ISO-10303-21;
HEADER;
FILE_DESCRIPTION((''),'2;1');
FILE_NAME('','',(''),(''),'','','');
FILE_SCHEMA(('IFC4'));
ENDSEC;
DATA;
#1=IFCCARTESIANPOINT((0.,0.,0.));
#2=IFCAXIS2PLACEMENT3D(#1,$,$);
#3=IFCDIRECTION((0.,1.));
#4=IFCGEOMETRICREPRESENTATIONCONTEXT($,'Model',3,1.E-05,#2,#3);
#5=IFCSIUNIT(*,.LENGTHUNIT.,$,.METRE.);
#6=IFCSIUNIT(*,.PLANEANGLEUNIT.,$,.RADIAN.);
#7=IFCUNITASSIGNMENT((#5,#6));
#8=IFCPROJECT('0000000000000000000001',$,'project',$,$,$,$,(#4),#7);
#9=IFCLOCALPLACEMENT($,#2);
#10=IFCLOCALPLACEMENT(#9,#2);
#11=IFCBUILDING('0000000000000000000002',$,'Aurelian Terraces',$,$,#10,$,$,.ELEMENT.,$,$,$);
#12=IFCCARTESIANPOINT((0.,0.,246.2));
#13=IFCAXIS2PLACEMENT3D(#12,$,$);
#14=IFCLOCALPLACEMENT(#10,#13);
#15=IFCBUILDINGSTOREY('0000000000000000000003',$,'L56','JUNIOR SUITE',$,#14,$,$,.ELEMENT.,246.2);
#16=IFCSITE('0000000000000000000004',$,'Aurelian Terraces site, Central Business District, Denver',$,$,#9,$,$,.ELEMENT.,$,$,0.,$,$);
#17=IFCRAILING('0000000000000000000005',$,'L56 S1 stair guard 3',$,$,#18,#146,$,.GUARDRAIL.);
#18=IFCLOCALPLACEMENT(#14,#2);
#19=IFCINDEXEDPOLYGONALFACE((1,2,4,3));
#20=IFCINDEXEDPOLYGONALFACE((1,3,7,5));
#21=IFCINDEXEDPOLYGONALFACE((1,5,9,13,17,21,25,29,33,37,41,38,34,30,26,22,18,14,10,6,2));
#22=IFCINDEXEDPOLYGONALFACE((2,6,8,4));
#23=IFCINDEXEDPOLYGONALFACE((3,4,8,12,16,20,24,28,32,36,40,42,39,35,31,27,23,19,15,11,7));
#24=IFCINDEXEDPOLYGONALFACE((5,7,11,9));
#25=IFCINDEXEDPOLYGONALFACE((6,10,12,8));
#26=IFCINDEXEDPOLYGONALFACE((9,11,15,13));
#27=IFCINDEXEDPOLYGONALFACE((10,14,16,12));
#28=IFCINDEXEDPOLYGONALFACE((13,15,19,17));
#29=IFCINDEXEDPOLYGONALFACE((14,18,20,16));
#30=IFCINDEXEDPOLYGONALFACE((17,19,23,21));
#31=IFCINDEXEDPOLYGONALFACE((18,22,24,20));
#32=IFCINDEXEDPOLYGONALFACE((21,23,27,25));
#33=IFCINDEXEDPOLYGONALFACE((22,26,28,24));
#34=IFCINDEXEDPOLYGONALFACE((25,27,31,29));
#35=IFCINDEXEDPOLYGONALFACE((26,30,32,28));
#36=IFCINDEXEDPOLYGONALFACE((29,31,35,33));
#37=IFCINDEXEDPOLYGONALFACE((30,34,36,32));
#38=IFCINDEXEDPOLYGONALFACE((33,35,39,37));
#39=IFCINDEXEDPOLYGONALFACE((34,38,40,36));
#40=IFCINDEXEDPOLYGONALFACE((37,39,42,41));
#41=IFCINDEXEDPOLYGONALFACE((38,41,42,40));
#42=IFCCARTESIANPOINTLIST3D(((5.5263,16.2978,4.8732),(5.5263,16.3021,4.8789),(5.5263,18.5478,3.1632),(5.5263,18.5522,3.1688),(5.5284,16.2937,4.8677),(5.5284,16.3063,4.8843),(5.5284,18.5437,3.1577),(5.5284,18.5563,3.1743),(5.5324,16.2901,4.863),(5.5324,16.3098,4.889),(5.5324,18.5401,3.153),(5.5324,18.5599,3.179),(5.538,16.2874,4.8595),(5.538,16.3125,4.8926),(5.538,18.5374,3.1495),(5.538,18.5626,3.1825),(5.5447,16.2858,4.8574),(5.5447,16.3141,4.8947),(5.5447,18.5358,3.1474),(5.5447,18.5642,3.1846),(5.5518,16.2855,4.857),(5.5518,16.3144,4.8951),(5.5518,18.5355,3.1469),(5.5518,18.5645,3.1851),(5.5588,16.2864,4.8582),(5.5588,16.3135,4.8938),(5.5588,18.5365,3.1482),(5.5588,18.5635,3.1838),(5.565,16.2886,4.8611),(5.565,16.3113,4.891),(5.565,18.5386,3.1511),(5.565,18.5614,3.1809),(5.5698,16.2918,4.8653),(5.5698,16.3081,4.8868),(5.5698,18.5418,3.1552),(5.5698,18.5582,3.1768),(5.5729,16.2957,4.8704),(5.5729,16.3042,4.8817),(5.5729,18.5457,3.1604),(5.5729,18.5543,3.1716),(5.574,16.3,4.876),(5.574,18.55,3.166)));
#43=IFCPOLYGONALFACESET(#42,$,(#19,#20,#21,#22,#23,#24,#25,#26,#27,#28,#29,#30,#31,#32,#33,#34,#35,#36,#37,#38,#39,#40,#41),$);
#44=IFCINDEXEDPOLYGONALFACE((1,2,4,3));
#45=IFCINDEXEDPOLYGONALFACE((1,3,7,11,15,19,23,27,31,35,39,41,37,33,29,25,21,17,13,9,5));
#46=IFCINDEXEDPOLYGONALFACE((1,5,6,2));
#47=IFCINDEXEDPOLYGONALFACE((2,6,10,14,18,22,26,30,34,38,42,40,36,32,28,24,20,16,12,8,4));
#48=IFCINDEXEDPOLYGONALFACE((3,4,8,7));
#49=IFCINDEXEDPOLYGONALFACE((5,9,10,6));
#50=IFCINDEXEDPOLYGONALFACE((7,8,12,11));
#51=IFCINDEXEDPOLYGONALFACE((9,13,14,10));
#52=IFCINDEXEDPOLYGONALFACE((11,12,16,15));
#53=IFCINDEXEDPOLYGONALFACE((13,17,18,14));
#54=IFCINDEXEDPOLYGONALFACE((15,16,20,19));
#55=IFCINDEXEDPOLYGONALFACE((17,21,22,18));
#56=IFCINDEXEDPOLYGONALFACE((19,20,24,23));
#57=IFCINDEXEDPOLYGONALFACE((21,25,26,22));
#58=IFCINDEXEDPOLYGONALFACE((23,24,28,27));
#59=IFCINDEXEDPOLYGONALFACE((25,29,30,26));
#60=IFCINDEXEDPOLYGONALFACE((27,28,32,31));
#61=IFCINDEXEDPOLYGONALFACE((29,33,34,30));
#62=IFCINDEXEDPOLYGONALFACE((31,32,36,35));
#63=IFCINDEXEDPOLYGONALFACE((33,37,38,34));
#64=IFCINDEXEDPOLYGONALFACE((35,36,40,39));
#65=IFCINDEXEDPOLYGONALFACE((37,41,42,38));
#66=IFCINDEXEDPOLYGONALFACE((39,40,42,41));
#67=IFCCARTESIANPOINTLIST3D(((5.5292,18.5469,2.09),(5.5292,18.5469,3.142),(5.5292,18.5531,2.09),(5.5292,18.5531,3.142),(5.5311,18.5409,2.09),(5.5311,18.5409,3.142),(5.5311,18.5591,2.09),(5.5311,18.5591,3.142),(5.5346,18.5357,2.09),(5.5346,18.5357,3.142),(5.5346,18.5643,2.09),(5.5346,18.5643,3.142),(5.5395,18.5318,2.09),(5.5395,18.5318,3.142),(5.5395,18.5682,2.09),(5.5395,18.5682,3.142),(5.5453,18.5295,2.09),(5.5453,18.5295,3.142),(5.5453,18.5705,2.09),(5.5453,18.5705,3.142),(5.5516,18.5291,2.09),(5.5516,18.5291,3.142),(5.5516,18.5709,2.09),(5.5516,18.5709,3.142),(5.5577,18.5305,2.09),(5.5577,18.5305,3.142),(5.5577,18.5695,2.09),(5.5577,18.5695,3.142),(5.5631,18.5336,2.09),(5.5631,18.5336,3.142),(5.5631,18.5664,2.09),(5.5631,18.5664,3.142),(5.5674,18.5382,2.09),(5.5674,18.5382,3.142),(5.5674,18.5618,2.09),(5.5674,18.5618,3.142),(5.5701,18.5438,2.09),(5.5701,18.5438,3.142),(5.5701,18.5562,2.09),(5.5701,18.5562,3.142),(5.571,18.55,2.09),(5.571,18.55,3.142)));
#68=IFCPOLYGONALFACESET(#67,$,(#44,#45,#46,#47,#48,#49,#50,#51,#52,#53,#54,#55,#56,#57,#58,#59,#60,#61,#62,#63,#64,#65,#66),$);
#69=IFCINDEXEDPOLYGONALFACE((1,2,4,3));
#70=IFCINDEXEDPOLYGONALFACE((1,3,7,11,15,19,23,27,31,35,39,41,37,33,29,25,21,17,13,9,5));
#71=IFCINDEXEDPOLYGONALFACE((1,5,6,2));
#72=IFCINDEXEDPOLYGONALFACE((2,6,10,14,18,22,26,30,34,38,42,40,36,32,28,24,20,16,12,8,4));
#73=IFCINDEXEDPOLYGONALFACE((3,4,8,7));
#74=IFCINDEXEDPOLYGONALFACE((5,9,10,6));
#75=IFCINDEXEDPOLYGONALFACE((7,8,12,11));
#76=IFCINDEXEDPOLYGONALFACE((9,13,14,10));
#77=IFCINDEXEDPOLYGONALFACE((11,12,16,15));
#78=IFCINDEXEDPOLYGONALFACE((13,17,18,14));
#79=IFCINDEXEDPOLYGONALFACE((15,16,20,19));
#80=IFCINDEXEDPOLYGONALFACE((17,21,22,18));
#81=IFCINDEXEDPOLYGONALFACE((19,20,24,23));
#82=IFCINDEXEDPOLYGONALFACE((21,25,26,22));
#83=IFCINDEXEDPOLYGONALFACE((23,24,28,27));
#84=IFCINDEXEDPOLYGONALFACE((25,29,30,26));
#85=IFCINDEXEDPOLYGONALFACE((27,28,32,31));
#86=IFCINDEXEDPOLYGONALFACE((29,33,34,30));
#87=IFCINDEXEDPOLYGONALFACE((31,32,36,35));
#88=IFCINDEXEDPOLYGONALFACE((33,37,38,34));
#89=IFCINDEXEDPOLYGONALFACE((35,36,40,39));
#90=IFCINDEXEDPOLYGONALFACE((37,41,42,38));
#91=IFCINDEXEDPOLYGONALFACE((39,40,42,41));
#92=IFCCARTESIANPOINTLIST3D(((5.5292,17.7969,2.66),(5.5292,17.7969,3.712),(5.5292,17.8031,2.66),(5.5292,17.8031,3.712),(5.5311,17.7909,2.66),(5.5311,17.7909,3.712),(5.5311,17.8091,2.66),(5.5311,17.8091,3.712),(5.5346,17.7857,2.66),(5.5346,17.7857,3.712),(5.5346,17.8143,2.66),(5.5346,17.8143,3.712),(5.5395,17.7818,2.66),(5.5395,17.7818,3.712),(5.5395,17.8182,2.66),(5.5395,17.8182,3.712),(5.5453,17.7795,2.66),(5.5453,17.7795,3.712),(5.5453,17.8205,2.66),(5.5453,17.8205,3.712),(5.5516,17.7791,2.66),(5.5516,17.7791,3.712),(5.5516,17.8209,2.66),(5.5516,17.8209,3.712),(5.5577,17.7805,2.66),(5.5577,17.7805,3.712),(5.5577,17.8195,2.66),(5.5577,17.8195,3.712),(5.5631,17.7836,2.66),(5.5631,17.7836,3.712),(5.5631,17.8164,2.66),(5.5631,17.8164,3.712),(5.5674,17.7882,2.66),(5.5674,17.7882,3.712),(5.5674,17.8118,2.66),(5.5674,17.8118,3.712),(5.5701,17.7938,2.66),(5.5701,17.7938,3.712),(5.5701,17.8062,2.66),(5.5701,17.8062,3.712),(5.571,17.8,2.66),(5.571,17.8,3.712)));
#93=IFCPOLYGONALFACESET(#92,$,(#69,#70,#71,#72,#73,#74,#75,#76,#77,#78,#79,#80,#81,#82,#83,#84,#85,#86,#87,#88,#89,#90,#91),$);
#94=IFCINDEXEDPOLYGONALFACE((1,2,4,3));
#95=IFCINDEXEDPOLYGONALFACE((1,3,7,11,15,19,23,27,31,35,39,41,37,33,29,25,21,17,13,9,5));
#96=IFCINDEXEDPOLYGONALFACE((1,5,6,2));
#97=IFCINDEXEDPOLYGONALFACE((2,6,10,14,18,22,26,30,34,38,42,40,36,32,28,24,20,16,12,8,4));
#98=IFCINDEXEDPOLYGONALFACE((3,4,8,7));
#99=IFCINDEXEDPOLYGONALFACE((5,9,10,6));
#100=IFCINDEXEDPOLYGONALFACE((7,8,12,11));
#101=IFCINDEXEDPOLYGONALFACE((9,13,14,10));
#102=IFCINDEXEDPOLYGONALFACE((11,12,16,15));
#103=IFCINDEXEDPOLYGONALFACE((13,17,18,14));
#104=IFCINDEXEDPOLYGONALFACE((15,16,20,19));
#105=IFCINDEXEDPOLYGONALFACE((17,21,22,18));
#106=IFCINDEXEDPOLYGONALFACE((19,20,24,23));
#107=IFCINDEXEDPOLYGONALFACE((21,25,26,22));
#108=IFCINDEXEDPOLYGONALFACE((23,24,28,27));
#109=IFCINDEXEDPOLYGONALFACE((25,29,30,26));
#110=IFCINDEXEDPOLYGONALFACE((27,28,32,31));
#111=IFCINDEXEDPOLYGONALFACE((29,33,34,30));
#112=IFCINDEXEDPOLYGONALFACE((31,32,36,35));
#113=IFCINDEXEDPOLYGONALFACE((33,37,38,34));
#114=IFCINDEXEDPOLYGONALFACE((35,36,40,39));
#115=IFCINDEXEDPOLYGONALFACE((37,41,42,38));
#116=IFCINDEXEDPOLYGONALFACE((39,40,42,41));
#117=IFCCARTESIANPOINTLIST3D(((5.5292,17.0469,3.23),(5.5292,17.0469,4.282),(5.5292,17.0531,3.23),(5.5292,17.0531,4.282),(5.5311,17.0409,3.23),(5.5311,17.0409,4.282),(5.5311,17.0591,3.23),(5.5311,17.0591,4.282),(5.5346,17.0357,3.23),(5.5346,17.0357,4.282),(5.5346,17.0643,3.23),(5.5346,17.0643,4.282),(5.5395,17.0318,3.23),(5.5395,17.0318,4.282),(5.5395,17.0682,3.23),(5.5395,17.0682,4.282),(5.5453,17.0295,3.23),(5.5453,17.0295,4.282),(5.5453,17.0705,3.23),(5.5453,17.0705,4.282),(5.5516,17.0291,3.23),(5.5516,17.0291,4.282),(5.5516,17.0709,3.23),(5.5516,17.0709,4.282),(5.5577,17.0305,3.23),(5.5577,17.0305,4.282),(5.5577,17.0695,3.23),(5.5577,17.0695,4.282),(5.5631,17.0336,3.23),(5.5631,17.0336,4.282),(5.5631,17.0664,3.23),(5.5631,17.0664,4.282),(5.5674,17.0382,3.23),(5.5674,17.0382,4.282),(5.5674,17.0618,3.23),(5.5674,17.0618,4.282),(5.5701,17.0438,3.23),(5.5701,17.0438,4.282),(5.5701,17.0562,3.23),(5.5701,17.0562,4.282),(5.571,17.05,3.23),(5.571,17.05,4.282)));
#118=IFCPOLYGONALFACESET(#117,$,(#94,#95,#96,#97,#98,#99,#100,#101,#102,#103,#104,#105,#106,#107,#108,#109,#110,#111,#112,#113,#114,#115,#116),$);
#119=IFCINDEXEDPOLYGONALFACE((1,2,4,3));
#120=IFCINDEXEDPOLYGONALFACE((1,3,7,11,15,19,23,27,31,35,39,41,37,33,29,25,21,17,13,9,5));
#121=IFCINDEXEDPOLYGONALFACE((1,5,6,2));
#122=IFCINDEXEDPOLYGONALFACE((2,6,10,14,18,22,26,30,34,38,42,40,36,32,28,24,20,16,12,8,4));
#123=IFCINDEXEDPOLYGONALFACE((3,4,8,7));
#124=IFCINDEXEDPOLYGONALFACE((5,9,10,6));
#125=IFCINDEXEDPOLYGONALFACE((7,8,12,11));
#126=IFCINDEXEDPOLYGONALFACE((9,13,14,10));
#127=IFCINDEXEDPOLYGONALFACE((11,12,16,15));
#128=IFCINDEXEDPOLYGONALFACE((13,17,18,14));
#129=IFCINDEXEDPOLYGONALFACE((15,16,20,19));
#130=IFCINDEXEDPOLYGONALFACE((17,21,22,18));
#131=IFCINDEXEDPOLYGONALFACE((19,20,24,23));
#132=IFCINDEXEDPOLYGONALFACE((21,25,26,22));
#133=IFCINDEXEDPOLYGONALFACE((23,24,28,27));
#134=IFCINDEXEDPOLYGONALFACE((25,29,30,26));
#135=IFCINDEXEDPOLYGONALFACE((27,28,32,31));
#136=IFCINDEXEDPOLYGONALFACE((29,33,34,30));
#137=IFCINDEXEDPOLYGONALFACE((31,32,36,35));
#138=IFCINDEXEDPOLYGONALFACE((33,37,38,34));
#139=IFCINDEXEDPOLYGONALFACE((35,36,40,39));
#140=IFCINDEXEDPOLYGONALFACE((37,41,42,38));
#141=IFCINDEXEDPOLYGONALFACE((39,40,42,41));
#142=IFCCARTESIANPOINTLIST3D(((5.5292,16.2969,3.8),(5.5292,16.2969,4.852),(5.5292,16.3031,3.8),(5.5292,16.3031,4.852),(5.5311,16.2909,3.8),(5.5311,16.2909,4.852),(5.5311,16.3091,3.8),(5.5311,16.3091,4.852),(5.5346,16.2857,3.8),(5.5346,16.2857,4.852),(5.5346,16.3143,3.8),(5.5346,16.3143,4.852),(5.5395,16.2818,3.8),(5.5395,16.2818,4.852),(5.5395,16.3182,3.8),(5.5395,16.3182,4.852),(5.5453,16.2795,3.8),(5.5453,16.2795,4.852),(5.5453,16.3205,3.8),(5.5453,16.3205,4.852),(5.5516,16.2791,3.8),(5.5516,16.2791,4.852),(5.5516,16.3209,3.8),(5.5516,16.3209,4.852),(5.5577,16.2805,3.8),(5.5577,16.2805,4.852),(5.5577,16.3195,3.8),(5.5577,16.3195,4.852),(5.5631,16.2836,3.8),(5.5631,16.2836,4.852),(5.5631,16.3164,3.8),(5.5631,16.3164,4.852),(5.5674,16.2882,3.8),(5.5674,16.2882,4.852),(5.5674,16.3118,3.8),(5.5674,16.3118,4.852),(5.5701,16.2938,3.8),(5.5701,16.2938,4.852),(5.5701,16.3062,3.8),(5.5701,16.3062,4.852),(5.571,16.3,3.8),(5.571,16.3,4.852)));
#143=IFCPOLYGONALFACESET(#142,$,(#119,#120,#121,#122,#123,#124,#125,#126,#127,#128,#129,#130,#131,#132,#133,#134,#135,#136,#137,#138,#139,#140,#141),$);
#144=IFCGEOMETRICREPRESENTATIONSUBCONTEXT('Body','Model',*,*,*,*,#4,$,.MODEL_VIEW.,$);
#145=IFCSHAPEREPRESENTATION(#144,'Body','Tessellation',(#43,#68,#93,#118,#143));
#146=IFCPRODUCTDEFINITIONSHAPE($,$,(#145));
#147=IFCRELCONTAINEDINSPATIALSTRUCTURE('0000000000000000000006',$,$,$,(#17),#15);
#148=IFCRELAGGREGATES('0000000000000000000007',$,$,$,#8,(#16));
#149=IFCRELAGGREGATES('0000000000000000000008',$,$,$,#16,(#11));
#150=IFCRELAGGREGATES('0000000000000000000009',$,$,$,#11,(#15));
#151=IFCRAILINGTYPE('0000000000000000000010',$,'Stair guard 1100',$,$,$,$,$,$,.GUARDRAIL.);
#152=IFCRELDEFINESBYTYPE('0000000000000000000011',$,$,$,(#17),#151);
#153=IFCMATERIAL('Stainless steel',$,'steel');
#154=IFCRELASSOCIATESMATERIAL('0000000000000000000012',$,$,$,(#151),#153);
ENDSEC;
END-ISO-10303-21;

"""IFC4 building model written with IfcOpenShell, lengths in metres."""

from ifc_helpers import new_model, si_unit, direction, frame, origin, origin_2d, place, context, subcontext, project, spatial, circle, extrude, source, transform, mapped, material, type_object, element, save


model = new_model("IFC4")

# Units and contexts
model_context = context("Model", 3, precision=1e-05, world=origin(), true_north=direction((0.0, 1.0)))
body_context = subcontext(model_context, "Body", "Model", "MODEL_VIEW")
ifc_project = project(units=[si_unit("LENGTHUNIT", "METRE"), si_unit("PLANEANGLEUNIT", "RADIAN")], contexts=[model_context])

# Site, building, storey
site_placement = place(None, origin())
site = spatial("IfcSite", under=ifc_project, at=site_placement, Name="Aurelian Terraces site, Central Business District, Denver", CompositionType="ELEMENT", RefElevation=0.0)
building_placement = place(site_placement, origin())
building = spatial("IfcBuilding", under=site, at=building_placement, Name="Aurelian Terraces", CompositionType="ELEMENT")
storey_placement = place(building_placement, frame((0.0, 0.0, 246.2)))
storey = spatial("IfcBuildingStorey", under=building, at=storey_placement, Name="L56", Description="JUNIOR SUITE", CompositionType="ELEMENT", Elevation=246.2)

# Railing
ifc_material_1 = material(Name="Stainless steel", Category="steel")
railing_type_1 = type_object("IfcRailingType", Name="Stair guard 1100", PredefinedType="GUARDRAIL", material=ifc_material_1)
shared_shape_1 = source(origin(), body_context, "Body", "SweptSolid", [
    extrude(circle(Radius=0.024, at=origin_2d()), frame((0.0, 0.0, 1.076), z_axis=(0.0, -0.796162, 0.605083), x_axis=(1.0, 0.0, 0.0)), (0.0, 0.0, 1.0), 2.8261),
    extrude(circle(Radius=0.021, at=origin_2d()), origin(), (0.0, 0.0, 1.0), 1.052),
    extrude(circle(Radius=0.021, at=origin_2d()), frame((0.0, -0.75, 0.57)), (0.0, 0.0, 1.0), 1.052),
    extrude(circle(Radius=0.021, at=origin_2d()), frame((0.0, -1.5, 1.14)), (0.0, 0.0, 1.0), 1.052),
    extrude(circle(Radius=0.021, at=origin_2d()), frame((0.0, -2.25, 1.71)), (0.0, 0.0, 1.0), 1.052),
])
railing_1_placement = place(storey_placement, frame((5.55, 18.55, 2.09)))
element("IfcRailing", 1, at=railing_1_placement, inside=storey, type_object=railing_type_1, Name="L56 S1 stair guard 3", PredefinedType="GUARDRAIL", context=body_context, shape_type="MappedRepresentation", body=[
    mapped(shared_shape_1, transform((0.0, 0.0, 0.0), scale=1.0)),
])

save(model, "model.ifc")
